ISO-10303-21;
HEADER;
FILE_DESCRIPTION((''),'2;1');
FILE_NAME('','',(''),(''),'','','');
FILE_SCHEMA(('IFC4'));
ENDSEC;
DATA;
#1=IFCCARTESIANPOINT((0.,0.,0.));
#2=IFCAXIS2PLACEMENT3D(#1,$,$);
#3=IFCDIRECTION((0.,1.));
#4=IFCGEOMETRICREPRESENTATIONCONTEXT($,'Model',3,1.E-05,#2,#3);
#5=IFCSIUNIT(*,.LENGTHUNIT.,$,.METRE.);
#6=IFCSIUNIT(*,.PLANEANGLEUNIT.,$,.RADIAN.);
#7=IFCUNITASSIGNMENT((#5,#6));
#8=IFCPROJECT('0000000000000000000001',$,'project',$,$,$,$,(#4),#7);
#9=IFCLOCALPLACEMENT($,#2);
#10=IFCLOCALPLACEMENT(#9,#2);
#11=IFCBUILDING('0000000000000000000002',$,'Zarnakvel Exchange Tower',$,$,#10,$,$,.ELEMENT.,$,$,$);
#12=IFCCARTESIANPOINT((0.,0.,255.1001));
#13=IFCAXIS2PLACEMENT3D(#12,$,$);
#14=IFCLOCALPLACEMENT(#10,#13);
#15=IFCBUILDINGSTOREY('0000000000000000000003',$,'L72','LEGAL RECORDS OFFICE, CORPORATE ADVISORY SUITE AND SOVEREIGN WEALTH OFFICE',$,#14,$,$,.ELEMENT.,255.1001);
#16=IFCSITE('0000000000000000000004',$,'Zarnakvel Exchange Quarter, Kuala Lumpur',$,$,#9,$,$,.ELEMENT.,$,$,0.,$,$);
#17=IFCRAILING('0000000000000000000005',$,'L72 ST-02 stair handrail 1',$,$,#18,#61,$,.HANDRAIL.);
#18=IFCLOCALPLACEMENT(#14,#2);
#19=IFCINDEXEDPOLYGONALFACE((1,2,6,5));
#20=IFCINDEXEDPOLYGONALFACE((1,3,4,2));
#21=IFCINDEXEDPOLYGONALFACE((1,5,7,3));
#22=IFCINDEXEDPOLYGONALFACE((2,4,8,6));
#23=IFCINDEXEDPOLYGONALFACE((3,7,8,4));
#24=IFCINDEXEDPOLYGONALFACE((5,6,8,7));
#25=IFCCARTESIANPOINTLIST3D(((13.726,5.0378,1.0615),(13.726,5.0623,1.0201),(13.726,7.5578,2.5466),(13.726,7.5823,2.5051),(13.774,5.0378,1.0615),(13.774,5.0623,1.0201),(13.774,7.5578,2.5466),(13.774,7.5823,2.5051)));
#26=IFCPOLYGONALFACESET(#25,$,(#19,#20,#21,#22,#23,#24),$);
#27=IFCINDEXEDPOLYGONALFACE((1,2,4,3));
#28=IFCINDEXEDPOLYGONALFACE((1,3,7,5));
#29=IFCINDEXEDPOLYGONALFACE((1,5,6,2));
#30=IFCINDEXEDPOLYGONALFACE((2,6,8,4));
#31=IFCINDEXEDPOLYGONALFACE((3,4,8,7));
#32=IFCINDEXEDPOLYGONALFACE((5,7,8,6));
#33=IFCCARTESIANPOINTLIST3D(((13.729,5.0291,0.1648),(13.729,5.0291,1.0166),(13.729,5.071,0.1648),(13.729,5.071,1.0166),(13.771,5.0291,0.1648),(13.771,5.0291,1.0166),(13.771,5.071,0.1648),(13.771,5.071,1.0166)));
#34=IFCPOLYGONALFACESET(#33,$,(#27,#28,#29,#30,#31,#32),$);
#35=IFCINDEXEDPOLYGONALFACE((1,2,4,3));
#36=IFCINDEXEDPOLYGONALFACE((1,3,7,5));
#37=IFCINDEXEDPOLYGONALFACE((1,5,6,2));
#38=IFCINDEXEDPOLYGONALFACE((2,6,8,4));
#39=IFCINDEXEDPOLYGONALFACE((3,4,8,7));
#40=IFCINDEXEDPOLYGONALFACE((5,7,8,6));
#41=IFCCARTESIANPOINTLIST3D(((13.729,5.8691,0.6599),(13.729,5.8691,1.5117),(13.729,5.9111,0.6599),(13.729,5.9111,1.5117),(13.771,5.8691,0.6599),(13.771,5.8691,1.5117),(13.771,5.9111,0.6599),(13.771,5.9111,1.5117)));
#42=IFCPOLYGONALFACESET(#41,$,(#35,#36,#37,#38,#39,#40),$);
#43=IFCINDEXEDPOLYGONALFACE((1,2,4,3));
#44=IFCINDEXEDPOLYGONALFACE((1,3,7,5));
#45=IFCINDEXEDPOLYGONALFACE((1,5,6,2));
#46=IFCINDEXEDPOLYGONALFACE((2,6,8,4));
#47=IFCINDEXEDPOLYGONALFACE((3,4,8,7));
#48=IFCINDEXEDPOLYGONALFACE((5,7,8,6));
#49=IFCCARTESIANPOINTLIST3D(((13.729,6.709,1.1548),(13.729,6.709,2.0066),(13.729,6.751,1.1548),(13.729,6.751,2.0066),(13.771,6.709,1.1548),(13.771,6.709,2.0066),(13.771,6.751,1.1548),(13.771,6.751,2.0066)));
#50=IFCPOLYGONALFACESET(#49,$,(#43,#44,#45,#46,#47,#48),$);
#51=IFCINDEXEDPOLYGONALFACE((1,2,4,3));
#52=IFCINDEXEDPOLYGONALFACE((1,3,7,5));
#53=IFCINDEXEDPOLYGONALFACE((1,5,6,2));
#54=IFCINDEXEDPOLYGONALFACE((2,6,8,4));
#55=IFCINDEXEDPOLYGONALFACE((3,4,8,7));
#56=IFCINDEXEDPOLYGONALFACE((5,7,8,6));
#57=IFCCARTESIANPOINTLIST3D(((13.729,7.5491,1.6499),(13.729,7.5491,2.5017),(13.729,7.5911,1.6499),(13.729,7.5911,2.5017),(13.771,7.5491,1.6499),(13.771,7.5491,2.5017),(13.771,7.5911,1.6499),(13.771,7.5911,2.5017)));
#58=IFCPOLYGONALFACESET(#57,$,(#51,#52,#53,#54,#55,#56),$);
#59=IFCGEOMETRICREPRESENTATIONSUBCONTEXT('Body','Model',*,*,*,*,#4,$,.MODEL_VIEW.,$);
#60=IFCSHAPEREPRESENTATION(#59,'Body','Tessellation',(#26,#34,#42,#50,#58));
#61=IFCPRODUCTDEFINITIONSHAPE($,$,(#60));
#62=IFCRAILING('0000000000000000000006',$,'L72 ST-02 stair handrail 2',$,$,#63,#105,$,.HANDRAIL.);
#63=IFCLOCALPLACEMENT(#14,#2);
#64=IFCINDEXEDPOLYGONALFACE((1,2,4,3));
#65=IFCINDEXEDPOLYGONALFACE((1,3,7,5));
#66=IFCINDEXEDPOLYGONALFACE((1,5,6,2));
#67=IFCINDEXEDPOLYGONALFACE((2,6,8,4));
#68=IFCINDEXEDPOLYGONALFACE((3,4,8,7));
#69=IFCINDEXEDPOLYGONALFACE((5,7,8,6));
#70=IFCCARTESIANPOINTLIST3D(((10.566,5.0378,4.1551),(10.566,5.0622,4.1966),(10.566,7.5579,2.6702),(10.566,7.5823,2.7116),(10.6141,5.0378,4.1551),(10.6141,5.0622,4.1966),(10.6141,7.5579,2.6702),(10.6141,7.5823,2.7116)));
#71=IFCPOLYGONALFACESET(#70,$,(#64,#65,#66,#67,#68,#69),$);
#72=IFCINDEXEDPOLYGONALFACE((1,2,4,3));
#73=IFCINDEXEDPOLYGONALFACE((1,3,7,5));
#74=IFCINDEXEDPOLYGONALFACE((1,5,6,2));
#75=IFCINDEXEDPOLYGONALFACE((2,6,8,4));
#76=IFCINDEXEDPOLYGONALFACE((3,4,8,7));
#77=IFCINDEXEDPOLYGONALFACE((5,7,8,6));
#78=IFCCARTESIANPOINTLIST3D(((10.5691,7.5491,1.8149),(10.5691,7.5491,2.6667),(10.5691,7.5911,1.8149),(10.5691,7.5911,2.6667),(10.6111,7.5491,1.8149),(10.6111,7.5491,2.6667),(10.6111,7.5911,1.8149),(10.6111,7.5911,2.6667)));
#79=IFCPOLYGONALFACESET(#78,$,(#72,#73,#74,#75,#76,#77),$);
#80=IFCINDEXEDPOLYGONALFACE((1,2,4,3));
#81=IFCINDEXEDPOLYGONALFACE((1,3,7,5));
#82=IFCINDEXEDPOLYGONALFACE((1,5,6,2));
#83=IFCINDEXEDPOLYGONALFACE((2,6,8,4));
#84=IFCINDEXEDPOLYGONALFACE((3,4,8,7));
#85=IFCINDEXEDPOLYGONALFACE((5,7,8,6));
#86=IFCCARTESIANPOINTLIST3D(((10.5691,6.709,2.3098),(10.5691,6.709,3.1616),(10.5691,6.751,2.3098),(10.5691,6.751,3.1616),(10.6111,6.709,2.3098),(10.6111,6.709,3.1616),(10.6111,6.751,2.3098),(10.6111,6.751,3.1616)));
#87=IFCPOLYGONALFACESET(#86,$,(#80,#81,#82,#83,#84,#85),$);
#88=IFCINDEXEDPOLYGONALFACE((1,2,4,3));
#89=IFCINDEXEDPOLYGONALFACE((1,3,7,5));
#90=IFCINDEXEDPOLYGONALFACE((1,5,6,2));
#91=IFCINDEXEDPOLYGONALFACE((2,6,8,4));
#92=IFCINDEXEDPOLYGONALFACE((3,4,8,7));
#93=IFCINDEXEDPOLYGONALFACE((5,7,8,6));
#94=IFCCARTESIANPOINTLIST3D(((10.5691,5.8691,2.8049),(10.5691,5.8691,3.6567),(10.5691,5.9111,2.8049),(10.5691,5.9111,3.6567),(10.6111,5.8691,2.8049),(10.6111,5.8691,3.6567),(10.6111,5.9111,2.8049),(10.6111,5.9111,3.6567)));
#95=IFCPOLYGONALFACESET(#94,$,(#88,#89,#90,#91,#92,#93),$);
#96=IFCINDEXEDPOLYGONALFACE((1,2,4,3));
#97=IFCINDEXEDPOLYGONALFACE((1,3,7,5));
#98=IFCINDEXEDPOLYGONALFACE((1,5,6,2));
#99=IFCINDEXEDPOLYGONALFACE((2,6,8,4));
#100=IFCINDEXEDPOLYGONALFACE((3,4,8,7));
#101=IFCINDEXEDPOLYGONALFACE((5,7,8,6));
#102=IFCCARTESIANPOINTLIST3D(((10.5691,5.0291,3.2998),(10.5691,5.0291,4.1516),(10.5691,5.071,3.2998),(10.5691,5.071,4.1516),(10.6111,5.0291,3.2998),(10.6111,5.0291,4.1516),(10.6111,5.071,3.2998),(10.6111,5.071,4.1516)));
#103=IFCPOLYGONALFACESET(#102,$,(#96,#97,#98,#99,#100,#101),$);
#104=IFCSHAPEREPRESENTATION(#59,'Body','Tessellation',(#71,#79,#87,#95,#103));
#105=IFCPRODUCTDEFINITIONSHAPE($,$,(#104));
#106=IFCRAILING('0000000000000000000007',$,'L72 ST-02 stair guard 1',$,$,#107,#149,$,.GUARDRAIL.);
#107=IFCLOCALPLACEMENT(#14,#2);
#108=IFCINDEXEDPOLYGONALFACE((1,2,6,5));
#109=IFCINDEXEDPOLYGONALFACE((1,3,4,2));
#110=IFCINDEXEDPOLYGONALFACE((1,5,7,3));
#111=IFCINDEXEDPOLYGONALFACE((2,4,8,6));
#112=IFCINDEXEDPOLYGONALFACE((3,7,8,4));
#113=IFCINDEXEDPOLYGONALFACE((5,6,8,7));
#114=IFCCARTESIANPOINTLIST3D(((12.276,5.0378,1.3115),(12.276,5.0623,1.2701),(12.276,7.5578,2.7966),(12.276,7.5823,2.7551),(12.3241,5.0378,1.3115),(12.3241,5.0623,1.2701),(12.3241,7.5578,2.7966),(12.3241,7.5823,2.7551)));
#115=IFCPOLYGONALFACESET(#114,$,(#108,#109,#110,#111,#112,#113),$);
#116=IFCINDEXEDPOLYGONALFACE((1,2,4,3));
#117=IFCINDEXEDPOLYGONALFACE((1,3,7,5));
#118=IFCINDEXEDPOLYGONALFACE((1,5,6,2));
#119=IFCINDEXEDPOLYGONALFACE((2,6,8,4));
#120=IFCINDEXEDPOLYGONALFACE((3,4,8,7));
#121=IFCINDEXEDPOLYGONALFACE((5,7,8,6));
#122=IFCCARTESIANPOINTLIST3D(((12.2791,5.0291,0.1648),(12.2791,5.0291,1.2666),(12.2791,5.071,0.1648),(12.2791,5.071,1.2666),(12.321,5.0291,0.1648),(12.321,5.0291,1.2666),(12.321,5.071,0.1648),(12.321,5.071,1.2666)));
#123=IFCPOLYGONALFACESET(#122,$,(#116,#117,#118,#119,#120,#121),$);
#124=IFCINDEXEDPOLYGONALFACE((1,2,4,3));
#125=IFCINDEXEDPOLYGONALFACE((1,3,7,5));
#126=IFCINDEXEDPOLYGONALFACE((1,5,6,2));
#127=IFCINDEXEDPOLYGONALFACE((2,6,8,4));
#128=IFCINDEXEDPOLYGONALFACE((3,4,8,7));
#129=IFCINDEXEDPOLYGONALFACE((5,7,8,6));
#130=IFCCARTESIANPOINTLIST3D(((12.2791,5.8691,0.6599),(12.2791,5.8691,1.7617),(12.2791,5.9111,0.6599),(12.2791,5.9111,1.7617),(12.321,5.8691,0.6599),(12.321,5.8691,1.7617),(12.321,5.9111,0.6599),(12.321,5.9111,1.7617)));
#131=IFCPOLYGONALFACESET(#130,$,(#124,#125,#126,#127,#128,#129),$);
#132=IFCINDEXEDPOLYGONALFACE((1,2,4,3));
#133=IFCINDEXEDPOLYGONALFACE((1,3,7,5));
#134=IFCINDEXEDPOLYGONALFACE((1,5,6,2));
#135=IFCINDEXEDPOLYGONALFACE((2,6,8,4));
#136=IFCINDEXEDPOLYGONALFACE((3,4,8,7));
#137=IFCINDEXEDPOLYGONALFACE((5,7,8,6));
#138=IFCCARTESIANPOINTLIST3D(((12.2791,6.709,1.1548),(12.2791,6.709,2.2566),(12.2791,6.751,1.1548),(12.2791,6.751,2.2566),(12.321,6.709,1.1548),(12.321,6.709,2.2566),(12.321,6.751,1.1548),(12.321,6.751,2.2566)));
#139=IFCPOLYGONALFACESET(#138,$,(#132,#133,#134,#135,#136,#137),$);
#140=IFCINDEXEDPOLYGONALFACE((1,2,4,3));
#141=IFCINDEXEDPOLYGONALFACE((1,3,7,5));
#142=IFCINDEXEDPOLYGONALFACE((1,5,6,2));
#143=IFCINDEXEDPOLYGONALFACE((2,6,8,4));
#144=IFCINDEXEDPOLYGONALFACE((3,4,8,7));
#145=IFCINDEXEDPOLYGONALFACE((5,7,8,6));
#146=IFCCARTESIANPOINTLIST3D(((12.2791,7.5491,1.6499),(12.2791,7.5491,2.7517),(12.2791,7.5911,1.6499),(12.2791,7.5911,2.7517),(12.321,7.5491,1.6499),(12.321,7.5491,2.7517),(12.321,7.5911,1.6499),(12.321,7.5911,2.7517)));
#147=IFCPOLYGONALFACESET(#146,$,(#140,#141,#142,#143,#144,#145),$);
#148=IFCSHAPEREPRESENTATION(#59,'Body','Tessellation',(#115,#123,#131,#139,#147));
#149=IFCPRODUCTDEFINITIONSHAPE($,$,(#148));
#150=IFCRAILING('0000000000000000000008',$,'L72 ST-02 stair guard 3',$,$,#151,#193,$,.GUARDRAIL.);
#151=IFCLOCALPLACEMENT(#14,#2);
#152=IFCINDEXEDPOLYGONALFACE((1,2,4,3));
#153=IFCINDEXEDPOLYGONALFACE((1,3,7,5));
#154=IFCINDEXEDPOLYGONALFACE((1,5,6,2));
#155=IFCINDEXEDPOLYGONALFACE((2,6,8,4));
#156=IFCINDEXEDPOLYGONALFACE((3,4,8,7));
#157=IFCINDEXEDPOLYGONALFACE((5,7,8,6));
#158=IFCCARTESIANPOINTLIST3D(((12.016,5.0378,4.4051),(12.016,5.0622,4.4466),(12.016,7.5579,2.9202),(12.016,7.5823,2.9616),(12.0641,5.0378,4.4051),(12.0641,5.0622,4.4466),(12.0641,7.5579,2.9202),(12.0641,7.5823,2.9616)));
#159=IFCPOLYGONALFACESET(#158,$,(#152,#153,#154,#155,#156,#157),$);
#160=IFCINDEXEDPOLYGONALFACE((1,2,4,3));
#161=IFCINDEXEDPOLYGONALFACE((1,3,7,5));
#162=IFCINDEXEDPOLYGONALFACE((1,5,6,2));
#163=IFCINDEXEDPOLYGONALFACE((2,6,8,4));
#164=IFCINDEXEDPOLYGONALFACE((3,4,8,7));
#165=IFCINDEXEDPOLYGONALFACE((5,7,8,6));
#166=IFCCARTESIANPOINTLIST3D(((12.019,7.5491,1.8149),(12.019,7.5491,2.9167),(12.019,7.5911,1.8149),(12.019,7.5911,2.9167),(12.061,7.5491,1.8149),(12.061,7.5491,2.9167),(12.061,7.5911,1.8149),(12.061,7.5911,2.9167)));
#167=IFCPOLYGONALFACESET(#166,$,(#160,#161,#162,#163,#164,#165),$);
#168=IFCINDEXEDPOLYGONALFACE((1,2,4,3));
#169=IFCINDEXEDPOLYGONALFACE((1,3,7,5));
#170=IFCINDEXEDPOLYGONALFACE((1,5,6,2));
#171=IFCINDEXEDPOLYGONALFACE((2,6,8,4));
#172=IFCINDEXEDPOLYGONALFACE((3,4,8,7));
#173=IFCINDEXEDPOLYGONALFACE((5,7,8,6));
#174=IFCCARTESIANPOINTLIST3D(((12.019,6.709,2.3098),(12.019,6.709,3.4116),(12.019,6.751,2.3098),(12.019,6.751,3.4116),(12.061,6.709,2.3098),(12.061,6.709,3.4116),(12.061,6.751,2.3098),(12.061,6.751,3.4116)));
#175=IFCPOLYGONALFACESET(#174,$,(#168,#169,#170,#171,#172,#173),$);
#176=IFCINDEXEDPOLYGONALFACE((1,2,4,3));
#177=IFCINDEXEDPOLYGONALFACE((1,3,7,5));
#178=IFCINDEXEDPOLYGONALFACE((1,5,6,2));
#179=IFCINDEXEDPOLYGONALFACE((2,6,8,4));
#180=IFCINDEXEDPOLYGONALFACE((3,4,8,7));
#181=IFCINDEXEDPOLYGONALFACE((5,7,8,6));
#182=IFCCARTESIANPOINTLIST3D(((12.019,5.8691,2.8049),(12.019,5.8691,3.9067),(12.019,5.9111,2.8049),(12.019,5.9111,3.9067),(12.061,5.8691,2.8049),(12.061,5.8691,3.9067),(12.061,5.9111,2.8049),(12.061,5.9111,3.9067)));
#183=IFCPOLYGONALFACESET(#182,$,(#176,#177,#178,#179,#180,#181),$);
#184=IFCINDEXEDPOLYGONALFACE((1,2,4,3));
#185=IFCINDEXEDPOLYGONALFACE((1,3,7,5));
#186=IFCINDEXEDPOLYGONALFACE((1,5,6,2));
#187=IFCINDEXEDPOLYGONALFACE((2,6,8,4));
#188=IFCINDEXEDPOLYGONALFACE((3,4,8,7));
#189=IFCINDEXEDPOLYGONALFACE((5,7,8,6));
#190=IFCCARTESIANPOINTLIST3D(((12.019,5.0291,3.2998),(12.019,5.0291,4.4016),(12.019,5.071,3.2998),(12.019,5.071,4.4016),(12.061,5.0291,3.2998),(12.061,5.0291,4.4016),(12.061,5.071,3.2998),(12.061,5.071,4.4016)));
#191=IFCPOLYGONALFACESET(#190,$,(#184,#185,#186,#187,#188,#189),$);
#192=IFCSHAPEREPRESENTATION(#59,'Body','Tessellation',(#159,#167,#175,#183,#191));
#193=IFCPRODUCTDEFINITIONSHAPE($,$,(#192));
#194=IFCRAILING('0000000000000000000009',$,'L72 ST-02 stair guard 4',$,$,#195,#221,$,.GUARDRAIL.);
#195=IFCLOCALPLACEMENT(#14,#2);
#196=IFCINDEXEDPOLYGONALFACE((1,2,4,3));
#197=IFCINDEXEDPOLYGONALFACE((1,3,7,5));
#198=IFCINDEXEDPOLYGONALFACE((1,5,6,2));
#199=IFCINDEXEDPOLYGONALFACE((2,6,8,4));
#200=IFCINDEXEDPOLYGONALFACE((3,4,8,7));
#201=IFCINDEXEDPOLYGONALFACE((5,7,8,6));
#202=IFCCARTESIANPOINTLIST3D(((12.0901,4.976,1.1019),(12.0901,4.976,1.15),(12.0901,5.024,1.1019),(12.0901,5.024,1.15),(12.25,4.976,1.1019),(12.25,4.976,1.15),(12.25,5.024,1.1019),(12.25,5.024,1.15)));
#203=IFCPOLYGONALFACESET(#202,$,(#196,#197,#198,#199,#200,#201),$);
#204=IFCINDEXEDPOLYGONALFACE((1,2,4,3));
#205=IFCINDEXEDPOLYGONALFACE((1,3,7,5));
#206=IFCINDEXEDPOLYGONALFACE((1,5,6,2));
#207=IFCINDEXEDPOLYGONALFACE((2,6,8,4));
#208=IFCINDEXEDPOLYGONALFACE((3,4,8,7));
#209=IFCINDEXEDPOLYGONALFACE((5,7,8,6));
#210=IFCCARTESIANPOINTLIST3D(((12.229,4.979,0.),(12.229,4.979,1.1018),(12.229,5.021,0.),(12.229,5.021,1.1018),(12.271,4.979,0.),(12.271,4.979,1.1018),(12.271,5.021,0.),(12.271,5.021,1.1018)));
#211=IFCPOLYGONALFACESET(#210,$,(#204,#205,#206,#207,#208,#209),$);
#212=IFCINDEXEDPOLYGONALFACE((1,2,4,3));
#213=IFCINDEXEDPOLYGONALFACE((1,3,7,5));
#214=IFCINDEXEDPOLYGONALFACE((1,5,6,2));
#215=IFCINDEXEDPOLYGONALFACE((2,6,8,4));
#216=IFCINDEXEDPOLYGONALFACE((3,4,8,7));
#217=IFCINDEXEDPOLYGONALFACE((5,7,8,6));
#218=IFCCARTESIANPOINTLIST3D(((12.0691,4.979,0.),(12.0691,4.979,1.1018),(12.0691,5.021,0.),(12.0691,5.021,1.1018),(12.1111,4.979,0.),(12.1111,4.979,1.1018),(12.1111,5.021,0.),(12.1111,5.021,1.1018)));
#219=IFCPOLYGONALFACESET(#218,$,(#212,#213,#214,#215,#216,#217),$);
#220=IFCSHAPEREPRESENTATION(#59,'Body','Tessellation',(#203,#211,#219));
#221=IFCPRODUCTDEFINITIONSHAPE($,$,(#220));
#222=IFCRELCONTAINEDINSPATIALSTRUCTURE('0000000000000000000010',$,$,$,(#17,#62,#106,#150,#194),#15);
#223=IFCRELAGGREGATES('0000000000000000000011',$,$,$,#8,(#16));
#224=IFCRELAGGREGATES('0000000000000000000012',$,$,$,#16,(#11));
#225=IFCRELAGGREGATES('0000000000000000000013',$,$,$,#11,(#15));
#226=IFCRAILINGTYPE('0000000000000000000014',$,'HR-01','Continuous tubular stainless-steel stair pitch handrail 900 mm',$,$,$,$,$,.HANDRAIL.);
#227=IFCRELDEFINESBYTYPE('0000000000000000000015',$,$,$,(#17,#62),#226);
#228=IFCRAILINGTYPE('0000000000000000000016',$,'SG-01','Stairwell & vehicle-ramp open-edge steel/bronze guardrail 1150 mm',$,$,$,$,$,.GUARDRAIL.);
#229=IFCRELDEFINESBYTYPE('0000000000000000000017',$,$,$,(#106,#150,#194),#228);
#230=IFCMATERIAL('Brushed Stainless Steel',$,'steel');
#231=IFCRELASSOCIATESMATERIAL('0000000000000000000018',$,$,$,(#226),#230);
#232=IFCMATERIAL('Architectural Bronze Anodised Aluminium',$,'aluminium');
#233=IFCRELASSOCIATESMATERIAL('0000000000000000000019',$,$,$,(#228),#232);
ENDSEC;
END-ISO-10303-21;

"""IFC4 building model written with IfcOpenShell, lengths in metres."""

from ifc_helpers import new_model, si_unit, direction, frame, origin, origin_2d, place, context, subcontext, project, spatial, rectangle, extrude, material, type_object, element, save


model = new_model("IFC4")

# Units and contexts
model_context = context("Model", 3, precision=1e-05, world=origin(), true_north=direction((0.0, 1.0)))
body_context = subcontext(model_context, "Body", "Model", "MODEL_VIEW")
ifc_project = project(units=[si_unit("LENGTHUNIT", "METRE"), si_unit("PLANEANGLEUNIT", "RADIAN")], contexts=[model_context])

# Site, building, storey
site_placement = place(None, origin())
site = spatial("IfcSite", under=ifc_project, at=site_placement, Name="Zarnakvel Exchange Quarter, Kuala Lumpur", CompositionType="ELEMENT", RefElevation=0.0)
building_placement = place(site_placement, origin())
building = spatial("IfcBuilding", under=site, at=building_placement, Name="Zarnakvel Exchange Tower", CompositionType="ELEMENT")
storey_placement = place(building_placement, frame((0.0, 0.0, 255.1001)))
storey = spatial("IfcBuildingStorey", under=building, at=storey_placement, Name="L72", Description="LEGAL RECORDS OFFICE, CORPORATE ADVISORY SUITE AND SOVEREIGN WEALTH OFFICE", CompositionType="ELEMENT", Elevation=255.1001)

# Shared definitions
ifc_material_1 = material(Name="Architectural Bronze Anodised Aluminium", Category="aluminium")

# Railings
ifc_material_2 = material(Name="Brushed Stainless Steel", Category="steel")
railing_type_1 = type_object("IfcRailingType", Name="HR-01", Description="Continuous tubular stainless-steel stair pitch handrail 900 mm", PredefinedType="HANDRAIL", material=ifc_material_2)
railing_1_placement = place(storey_placement, frame((13.75, 5.05, 0.1648)))
element("IfcRailing", 1, at=railing_1_placement, inside=storey, type_object=railing_type_1, Name="L72 ST-02 stair handrail 1", PredefinedType="HANDRAIL", context=body_context, shape_type="SweptSolid", body=[
    extrude(rectangle(XDim=0.0481, YDim=0.0481, at=origin_2d()), frame((0.0, 0.0, 0.876), z_axis=(0.0, 0.861524, 0.507717), x_axis=(-1.0, 0.0, 0.0)), (0.0, 0.0, 1.0), 2.925),
    extrude(rectangle(XDim=0.042, YDim=0.042, at=origin_2d()), origin(), (0.0, 0.0, 1.0), 0.8518),
    extrude(rectangle(XDim=0.042, YDim=0.042, at=origin_2d()), frame((0.0, 0.8401, 0.4951)), (0.0, 0.0, 1.0), 0.8518),
    extrude(rectangle(XDim=0.042, YDim=0.042, at=origin_2d()), frame((0.0, 1.6799, 0.99)), (0.0, 0.0, 1.0), 0.8518),
    extrude(rectangle(XDim=0.042, YDim=0.042, at=origin_2d()), frame((0.0, 2.52, 1.4851)), (0.0, 0.0, 1.0), 0.8518),
])
railing_2_placement = place(storey_placement, frame((10.5901, 7.5701, 1.8149)))
element("IfcRailing", 2, at=railing_2_placement, inside=storey, type_object=railing_type_1, Name="L72 ST-02 stair handrail 2", PredefinedType="HANDRAIL", context=body_context, shape_type="SweptSolid", body=[
    extrude(rectangle(XDim=0.0481, YDim=0.0481, at=origin_2d()), frame((0.0, 0.0, 0.876), z_axis=(0.0, -0.861561, 0.507655), x_axis=(1.0, 0.0, 0.0)), (0.0, 0.0, 1.0), 2.925),
    extrude(rectangle(XDim=0.042, YDim=0.042, at=origin_2d()), origin(), (0.0, 0.0, 1.0), 0.8518),
    extrude(rectangle(XDim=0.042, YDim=0.042, at=origin_2d()), frame((0.0, -0.8401, 0.4949)), (0.0, 0.0, 1.0), 0.8518),
    extrude(rectangle(XDim=0.042, YDim=0.042, at=origin_2d()), frame((0.0, -1.6799, 0.99)), (0.0, 0.0, 1.0), 0.8518),
    extrude(rectangle(XDim=0.042, YDim=0.042, at=origin_2d()), frame((0.0, -2.52, 1.4849)), (0.0, 0.0, 1.0), 0.8518),
])
railing_type_2 = type_object("IfcRailingType", Name="SG-01", Description="Stairwell & vehicle-ramp open-edge steel/bronze guardrail 1150 mm", PredefinedType="GUARDRAIL", material=ifc_material_1)
railing_3_placement = place(storey_placement, frame((12.3, 5.05, 0.1648)))
element("IfcRailing", 3, at=railing_3_placement, inside=storey, type_object=railing_type_2, Name="L72 ST-02 stair guard 1", PredefinedType="GUARDRAIL", context=body_context, shape_type="SweptSolid", body=[
    extrude(rectangle(XDim=0.0481, YDim=0.0481, at=origin_2d()), frame((0.0, 0.0, 1.126), z_axis=(0.0, 0.861524, 0.507717), x_axis=(-1.0, 0.0, 0.0)), (0.0, 0.0, 1.0), 2.925),
    extrude(rectangle(XDim=0.042, YDim=0.042, at=origin_2d()), origin(), (0.0, 0.0, 1.0), 1.1018),
    extrude(rectangle(XDim=0.042, YDim=0.042, at=origin_2d()), frame((0.0, 0.8401, 0.4951)), (0.0, 0.0, 1.0), 1.1018),
    extrude(rectangle(XDim=0.042, YDim=0.042, at=origin_2d()), frame((0.0, 1.6799, 0.99)), (0.0, 0.0, 1.0), 1.1018),
    extrude(rectangle(XDim=0.042, YDim=0.042, at=origin_2d()), frame((0.0, 2.52, 1.4851)), (0.0, 0.0, 1.0), 1.1018),
])
railing_4_placement = place(storey_placement, frame((12.04, 7.5701, 1.8149)))
element("IfcRailing", 4, at=railing_4_placement, inside=storey, type_object=railing_type_2, Name="L72 ST-02 stair guard 3", PredefinedType="GUARDRAIL", context=body_context, shape_type="SweptSolid", body=[
    extrude(rectangle(XDim=0.0481, YDim=0.0481, at=origin_2d()), frame((0.0, 0.0, 1.126), z_axis=(0.0, -0.861561, 0.507655), x_axis=(1.0, 0.0, 0.0)), (0.0, 0.0, 1.0), 2.925),
    extrude(rectangle(XDim=0.042, YDim=0.042, at=origin_2d()), origin(), (0.0, 0.0, 1.0), 1.1018),
    extrude(rectangle(XDim=0.042, YDim=0.042, at=origin_2d()), frame((0.0, -0.8401, 0.4949)), (0.0, 0.0, 1.0), 1.1018),
    extrude(rectangle(XDim=0.042, YDim=0.042, at=origin_2d()), frame((0.0, -1.6799, 0.99)), (0.0, 0.0, 1.0), 1.1018),
    extrude(rectangle(XDim=0.042, YDim=0.042, at=origin_2d()), frame((0.0, -2.52, 1.4849)), (0.0, 0.0, 1.0), 1.1018),
])
railing_5_placement = place(storey_placement, frame((12.25, 5.0, 0.0)))
element("IfcRailing", 5, at=railing_5_placement, inside=storey, type_object=railing_type_2, Name="L72 ST-02 stair guard 4", PredefinedType="GUARDRAIL", context=body_context, shape_type="SweptSolid", body=[
    extrude(rectangle(XDim=0.0481, YDim=0.0481, at=origin_2d()), frame((0.0, 0.0, 1.126), z_axis=(-1.0, 0.0, 0.0), x_axis=(0.0, -1.0, 0.0)), (0.0, 0.0, 1.0), 0.1599),
    extrude(rectangle(XDim=0.042, YDim=0.042, at=origin_2d()), origin(), (0.0, 0.0, 1.0), 1.1018),
    extrude(rectangle(XDim=0.042, YDim=0.042, at=origin_2d()), frame((-0.1599, 0.0, 0.0)), (0.0, 0.0, 1.0), 1.1018),
])

save(model, "model.ifc")
